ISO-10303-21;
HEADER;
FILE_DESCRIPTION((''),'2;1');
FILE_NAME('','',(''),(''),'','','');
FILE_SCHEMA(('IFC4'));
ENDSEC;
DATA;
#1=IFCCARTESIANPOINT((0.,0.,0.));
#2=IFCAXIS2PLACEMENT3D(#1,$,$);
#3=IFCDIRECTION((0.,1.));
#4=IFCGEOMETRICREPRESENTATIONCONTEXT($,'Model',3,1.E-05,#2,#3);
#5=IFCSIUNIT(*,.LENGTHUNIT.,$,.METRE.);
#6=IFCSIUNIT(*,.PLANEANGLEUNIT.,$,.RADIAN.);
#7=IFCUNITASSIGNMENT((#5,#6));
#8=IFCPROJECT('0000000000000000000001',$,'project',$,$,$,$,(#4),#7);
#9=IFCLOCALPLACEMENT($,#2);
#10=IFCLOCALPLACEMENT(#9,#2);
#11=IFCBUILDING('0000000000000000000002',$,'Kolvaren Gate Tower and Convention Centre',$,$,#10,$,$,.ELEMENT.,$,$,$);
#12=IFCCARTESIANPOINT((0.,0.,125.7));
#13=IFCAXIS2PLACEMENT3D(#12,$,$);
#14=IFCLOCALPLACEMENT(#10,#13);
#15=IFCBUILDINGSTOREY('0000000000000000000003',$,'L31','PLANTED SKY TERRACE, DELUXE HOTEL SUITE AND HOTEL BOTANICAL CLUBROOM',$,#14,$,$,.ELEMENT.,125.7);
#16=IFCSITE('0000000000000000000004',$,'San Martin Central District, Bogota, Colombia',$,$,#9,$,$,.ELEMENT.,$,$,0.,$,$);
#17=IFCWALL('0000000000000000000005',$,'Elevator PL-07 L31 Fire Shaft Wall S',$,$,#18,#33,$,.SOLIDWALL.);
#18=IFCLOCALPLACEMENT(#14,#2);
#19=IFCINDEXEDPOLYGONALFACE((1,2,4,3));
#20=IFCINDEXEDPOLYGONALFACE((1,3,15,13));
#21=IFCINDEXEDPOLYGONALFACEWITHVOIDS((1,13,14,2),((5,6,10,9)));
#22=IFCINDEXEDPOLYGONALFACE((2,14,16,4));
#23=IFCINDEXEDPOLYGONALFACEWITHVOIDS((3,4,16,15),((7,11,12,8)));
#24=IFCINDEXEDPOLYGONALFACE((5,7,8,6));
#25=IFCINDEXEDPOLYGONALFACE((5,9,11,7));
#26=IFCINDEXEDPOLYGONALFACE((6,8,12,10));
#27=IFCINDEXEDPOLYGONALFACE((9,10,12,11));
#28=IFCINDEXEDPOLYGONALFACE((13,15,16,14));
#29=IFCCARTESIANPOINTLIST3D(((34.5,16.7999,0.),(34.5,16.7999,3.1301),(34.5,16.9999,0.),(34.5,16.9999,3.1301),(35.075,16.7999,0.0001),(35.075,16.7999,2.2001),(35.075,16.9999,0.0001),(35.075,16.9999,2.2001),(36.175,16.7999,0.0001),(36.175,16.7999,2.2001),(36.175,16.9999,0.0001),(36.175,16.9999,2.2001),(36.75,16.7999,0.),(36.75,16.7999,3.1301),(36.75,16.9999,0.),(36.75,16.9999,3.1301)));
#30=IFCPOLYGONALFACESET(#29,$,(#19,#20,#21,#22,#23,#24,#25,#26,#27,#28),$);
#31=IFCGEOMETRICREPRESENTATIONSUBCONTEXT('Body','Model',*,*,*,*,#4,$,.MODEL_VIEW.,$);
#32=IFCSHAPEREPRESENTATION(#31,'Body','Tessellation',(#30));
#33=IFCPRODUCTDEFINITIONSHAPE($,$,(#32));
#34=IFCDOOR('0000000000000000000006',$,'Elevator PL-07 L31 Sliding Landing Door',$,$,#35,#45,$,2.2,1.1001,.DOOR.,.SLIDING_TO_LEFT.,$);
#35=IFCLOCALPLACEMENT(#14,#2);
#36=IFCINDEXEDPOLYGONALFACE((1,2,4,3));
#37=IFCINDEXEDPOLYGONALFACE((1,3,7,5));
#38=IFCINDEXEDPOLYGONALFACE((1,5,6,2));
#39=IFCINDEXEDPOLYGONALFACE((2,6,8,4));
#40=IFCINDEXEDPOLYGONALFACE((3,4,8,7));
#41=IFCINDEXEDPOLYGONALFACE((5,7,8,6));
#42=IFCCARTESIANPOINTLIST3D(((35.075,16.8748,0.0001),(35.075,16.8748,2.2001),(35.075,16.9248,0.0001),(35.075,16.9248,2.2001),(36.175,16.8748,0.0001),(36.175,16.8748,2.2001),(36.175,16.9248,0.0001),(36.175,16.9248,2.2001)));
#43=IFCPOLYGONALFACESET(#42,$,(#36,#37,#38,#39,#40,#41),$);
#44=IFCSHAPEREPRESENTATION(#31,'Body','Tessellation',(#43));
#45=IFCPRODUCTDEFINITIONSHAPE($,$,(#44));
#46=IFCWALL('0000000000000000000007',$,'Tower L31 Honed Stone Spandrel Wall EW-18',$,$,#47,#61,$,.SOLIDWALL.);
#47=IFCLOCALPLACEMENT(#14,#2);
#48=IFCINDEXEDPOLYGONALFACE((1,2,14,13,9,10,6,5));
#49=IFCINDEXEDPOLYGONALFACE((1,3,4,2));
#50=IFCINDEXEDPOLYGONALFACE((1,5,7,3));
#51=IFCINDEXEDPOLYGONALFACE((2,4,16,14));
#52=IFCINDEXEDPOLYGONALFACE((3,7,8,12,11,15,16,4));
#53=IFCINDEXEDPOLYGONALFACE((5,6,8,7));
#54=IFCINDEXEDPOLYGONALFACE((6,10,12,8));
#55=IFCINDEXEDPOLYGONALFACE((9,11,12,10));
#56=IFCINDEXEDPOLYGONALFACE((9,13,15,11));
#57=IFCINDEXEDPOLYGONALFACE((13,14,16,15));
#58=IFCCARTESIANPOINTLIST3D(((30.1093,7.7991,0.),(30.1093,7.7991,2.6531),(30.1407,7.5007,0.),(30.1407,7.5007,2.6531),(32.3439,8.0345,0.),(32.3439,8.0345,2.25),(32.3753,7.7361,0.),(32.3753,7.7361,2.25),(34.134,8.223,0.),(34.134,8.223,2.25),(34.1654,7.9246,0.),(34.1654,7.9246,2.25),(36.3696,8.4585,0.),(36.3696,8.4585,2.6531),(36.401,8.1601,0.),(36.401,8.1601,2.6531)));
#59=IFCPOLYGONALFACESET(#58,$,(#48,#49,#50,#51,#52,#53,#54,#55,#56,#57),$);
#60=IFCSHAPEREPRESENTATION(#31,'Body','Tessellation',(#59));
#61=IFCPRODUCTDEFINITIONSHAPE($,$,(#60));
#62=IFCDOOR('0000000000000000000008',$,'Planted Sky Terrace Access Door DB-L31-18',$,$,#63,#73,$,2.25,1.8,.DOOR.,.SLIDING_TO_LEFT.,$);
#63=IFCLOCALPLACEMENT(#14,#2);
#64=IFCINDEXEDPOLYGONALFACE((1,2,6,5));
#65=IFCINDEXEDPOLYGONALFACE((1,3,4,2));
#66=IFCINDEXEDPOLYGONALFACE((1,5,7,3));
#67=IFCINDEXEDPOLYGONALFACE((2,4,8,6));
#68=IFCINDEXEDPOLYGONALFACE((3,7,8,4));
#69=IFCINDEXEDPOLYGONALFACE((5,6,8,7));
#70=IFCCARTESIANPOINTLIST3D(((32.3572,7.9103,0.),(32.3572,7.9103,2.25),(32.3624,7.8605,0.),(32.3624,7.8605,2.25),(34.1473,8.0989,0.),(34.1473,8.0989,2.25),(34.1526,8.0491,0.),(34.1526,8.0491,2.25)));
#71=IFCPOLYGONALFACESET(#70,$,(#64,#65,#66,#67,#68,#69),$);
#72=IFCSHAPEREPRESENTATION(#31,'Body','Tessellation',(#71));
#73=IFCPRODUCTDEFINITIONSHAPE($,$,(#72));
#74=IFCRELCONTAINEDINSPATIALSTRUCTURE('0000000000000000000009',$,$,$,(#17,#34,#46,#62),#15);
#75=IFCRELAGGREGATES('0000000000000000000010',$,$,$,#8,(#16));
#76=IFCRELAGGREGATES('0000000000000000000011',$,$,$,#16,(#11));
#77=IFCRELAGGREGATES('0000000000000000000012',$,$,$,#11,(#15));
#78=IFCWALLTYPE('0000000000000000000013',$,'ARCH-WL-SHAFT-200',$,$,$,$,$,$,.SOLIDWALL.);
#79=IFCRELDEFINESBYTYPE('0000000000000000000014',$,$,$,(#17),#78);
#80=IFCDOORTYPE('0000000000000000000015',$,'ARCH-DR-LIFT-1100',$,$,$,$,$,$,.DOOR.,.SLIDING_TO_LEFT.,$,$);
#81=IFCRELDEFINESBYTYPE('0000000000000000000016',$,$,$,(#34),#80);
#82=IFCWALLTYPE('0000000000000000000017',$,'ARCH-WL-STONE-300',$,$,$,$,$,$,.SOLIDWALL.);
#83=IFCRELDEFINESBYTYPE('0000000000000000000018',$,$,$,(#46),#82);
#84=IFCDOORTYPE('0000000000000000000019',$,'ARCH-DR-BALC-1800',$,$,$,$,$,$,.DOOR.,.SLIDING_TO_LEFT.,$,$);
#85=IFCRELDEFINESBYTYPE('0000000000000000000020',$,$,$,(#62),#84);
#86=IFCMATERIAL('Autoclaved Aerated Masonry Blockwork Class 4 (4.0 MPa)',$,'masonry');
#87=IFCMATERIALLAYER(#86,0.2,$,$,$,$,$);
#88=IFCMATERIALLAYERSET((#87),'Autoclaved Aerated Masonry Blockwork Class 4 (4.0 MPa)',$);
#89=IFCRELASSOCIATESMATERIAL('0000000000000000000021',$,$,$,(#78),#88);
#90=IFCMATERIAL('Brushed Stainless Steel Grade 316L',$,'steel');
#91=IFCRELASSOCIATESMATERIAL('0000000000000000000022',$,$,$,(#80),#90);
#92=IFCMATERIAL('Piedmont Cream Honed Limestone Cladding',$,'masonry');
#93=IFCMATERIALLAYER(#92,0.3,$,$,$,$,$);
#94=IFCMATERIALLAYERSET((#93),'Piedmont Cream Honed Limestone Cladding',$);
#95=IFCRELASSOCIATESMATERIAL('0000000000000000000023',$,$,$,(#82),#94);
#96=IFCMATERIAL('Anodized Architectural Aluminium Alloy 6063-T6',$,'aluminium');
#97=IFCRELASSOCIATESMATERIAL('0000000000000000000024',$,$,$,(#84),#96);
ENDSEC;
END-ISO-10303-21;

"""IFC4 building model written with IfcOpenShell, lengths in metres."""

from ifc_helpers import new_model, si_unit, direction, frame, frame_2d, origin, place, context, subcontext, project, spatial, rectangle, extrude, material, layer, layer_set, type_object, element, fill, save


model = new_model("IFC4")

# Units and contexts
model_context = context("Model", 3, precision=1e-05, world=origin(), true_north=direction((0.0, 1.0)))
body_context = subcontext(model_context, "Body", "Model", "MODEL_VIEW")
ifc_project = project(units=[si_unit("LENGTHUNIT", "METRE"), si_unit("PLANEANGLEUNIT", "RADIAN")], contexts=[model_context])

# Site, building, storey
site_placement = place(None, origin())
site = spatial("IfcSite", under=ifc_project, at=site_placement, Name="San Martin Central District, Bogota, Colombia", CompositionType="ELEMENT", RefElevation=0.0)
building_placement = place(site_placement, origin())
building = spatial("IfcBuilding", under=site, at=building_placement, Name="Kolvaren Gate Tower and Convention Centre", CompositionType="ELEMENT")
storey_placement = place(building_placement, frame((0.0, 0.0, 125.7)))
storey = spatial("IfcBuildingStorey", under=building, at=storey_placement, Name="L31", Description="PLANTED SKY TERRACE, DELUXE HOTEL SUITE AND HOTEL BOTANICAL CLUBROOM", CompositionType="ELEMENT", Elevation=125.7)

# Shared definitions
ifc_material_1 = material(Name="Piedmont Cream Honed Limestone Cladding", Category="masonry")

# Walls, openings, doors
ifc_material_2 = material(Name="Autoclaved Aerated Masonry Blockwork Class 4 (4.0 MPa)", Category="masonry")
ifc_layer_1 = layer(ifc_material_2, 0.2)
ifc_layer_set_1 = layer_set([ifc_layer_1], Name="Autoclaved Aerated Masonry Blockwork Class 4 (4.0 MPa)")
wall_type_1 = type_object("IfcWallType", Name="ARCH-WL-SHAFT-200", PredefinedType="SOLIDWALL", material=ifc_layer_set_1)
ifc_material_3 = material(Name="Brushed Stainless Steel Grade 316L", Category="steel")
door_type_1 = type_object("IfcDoorType", Name="ARCH-DR-LIFT-1100", OperationType="SLIDING_TO_LEFT", PredefinedType="DOOR", material=ifc_material_3)
wall_1_placement = place(storey_placement, frame((34.5, 16.8999, 0.0), z_axis=(0.0, 0.0, 1.0), x_axis=(1.0, 0.0, 0.0)))
wall_1 = element("IfcWall", 1, at=wall_1_placement, inside=storey, type_object=wall_type_1, Name="Elevator PL-07 L31 Fire Shaft Wall S", PredefinedType="SOLIDWALL", context=body_context, shape_type="SweptSolid", body=[
    extrude(rectangle(XDim=2.25, YDim=0.2, at=frame_2d((1.125, 0.0))), origin(), (0.0, 0.0, 1.0), 3.1301),
])
opening_1_placement = place(wall_1_placement, frame((0.575, 0.0, 0.0)))
opening_1 = element("IfcOpeningElement", 2, at=opening_1_placement, cuts=wall_1, PredefinedType="OPENING", context=body_context, shape_type="SweptSolid", body=[
    extrude(rectangle(XDim=1.1001, YDim=2.2, at=frame_2d((0.55, 1.1001))), frame((0.0, 0.1099, 0.0), z_axis=(0.0, -1.0, 0.0), x_axis=(1.0, 0.0, 0.0)), (0.0, 0.0, 1.0), 0.22),
])
door_1_placement = place(opening_1_placement, origin())
door_1 = element("IfcDoor", 3, at=door_1_placement, inside=storey, type_object=door_type_1, Name="Elevator PL-07 L31 Sliding Landing Door", OperationType="SLIDING_TO_LEFT", OverallHeight=2.2, OverallWidth=1.1001, PredefinedType="DOOR", context=body_context, shape_type="SweptSolid", body=[
    extrude(rectangle(XDim=1.1001, YDim=2.2, at=frame_2d((0.55, 1.1001))), frame((0.0, 0.0249, 0.0), z_axis=(0.0, -1.0, 0.0), x_axis=(1.0, 0.0, 0.0)), (0.0, 0.0, 1.0), 0.05),
])
fill(opening_1, door_1)
ifc_layer_2 = layer(ifc_material_1, 0.3)
ifc_layer_set_2 = layer_set([ifc_layer_2], Name="Piedmont Cream Honed Limestone Cladding")
wall_type_2 = type_object("IfcWallType", Name="ARCH-WL-STONE-300", PredefinedType="SOLIDWALL", material=ifc_layer_set_2)
wall_2_placement = place(storey_placement, frame((30.125, 7.6499, 0.0), z_axis=(0.0, 0.0, 1.0), x_axis=(0.994498, 0.104755, 0.0)))
wall_2 = element("IfcWall", 4, at=wall_2_placement, inside=storey, type_object=wall_type_2, Name="Tower L31 Honed Stone Spandrel Wall EW-18", PredefinedType="SOLIDWALL", context=body_context, shape_type="SweptSolid", body=[
    extrude(rectangle(XDim=6.2949, YDim=0.3, at=frame_2d((3.1475, 0.0))), origin(), (0.0, 0.0, 1.0), 2.6531),
])
opening_2_placement = place(wall_2_placement, frame((2.2471, 0.0, 0.0)))
opening_2 = element("IfcOpeningElement", 5, at=opening_2_placement, cuts=wall_2, PredefinedType="OPENING", context=body_context, shape_type="SweptSolid", body=[
    extrude(rectangle(XDim=1.8, YDim=2.25, at=frame_2d((0.8999, 1.125))), frame((0.0, 0.1599, 0.0), z_axis=(0.0, -1.0, 0.0), x_axis=(1.0, 0.0, 0.0)), (0.0, 0.0, 1.0), 0.3201),
])
ifc_material_4 = material(Name="Anodized Architectural Aluminium Alloy 6063-T6", Category="aluminium")
door_type_2 = type_object("IfcDoorType", Name="ARCH-DR-BALC-1800", OperationType="SLIDING_TO_LEFT", PredefinedType="DOOR", material=ifc_material_4)
door_2_placement = place(opening_2_placement, frame((1.8, 0.0, 0.0), z_axis=(0.0, 0.0, 1.0), x_axis=(-1.0, 0.0, 0.0)))
door_2 = element("IfcDoor", 6, at=door_2_placement, inside=storey, type_object=door_type_2, Name="Planted Sky Terrace Access Door DB-L31-18", OperationType="SLIDING_TO_LEFT", OverallHeight=2.25, OverallWidth=1.8, PredefinedType="DOOR", context=body_context, shape_type="SweptSolid", body=[
    extrude(rectangle(XDim=1.8, YDim=2.25, at=frame_2d((0.8999, 1.125))), frame((0.0, 0.0249, 0.0), z_axis=(0.0, -1.0, 0.0), x_axis=(1.0, 0.0, 0.0)), (0.0, 0.0, 1.0), 0.05),
])
fill(opening_2, door_2)

save(model, "model.ifc")
